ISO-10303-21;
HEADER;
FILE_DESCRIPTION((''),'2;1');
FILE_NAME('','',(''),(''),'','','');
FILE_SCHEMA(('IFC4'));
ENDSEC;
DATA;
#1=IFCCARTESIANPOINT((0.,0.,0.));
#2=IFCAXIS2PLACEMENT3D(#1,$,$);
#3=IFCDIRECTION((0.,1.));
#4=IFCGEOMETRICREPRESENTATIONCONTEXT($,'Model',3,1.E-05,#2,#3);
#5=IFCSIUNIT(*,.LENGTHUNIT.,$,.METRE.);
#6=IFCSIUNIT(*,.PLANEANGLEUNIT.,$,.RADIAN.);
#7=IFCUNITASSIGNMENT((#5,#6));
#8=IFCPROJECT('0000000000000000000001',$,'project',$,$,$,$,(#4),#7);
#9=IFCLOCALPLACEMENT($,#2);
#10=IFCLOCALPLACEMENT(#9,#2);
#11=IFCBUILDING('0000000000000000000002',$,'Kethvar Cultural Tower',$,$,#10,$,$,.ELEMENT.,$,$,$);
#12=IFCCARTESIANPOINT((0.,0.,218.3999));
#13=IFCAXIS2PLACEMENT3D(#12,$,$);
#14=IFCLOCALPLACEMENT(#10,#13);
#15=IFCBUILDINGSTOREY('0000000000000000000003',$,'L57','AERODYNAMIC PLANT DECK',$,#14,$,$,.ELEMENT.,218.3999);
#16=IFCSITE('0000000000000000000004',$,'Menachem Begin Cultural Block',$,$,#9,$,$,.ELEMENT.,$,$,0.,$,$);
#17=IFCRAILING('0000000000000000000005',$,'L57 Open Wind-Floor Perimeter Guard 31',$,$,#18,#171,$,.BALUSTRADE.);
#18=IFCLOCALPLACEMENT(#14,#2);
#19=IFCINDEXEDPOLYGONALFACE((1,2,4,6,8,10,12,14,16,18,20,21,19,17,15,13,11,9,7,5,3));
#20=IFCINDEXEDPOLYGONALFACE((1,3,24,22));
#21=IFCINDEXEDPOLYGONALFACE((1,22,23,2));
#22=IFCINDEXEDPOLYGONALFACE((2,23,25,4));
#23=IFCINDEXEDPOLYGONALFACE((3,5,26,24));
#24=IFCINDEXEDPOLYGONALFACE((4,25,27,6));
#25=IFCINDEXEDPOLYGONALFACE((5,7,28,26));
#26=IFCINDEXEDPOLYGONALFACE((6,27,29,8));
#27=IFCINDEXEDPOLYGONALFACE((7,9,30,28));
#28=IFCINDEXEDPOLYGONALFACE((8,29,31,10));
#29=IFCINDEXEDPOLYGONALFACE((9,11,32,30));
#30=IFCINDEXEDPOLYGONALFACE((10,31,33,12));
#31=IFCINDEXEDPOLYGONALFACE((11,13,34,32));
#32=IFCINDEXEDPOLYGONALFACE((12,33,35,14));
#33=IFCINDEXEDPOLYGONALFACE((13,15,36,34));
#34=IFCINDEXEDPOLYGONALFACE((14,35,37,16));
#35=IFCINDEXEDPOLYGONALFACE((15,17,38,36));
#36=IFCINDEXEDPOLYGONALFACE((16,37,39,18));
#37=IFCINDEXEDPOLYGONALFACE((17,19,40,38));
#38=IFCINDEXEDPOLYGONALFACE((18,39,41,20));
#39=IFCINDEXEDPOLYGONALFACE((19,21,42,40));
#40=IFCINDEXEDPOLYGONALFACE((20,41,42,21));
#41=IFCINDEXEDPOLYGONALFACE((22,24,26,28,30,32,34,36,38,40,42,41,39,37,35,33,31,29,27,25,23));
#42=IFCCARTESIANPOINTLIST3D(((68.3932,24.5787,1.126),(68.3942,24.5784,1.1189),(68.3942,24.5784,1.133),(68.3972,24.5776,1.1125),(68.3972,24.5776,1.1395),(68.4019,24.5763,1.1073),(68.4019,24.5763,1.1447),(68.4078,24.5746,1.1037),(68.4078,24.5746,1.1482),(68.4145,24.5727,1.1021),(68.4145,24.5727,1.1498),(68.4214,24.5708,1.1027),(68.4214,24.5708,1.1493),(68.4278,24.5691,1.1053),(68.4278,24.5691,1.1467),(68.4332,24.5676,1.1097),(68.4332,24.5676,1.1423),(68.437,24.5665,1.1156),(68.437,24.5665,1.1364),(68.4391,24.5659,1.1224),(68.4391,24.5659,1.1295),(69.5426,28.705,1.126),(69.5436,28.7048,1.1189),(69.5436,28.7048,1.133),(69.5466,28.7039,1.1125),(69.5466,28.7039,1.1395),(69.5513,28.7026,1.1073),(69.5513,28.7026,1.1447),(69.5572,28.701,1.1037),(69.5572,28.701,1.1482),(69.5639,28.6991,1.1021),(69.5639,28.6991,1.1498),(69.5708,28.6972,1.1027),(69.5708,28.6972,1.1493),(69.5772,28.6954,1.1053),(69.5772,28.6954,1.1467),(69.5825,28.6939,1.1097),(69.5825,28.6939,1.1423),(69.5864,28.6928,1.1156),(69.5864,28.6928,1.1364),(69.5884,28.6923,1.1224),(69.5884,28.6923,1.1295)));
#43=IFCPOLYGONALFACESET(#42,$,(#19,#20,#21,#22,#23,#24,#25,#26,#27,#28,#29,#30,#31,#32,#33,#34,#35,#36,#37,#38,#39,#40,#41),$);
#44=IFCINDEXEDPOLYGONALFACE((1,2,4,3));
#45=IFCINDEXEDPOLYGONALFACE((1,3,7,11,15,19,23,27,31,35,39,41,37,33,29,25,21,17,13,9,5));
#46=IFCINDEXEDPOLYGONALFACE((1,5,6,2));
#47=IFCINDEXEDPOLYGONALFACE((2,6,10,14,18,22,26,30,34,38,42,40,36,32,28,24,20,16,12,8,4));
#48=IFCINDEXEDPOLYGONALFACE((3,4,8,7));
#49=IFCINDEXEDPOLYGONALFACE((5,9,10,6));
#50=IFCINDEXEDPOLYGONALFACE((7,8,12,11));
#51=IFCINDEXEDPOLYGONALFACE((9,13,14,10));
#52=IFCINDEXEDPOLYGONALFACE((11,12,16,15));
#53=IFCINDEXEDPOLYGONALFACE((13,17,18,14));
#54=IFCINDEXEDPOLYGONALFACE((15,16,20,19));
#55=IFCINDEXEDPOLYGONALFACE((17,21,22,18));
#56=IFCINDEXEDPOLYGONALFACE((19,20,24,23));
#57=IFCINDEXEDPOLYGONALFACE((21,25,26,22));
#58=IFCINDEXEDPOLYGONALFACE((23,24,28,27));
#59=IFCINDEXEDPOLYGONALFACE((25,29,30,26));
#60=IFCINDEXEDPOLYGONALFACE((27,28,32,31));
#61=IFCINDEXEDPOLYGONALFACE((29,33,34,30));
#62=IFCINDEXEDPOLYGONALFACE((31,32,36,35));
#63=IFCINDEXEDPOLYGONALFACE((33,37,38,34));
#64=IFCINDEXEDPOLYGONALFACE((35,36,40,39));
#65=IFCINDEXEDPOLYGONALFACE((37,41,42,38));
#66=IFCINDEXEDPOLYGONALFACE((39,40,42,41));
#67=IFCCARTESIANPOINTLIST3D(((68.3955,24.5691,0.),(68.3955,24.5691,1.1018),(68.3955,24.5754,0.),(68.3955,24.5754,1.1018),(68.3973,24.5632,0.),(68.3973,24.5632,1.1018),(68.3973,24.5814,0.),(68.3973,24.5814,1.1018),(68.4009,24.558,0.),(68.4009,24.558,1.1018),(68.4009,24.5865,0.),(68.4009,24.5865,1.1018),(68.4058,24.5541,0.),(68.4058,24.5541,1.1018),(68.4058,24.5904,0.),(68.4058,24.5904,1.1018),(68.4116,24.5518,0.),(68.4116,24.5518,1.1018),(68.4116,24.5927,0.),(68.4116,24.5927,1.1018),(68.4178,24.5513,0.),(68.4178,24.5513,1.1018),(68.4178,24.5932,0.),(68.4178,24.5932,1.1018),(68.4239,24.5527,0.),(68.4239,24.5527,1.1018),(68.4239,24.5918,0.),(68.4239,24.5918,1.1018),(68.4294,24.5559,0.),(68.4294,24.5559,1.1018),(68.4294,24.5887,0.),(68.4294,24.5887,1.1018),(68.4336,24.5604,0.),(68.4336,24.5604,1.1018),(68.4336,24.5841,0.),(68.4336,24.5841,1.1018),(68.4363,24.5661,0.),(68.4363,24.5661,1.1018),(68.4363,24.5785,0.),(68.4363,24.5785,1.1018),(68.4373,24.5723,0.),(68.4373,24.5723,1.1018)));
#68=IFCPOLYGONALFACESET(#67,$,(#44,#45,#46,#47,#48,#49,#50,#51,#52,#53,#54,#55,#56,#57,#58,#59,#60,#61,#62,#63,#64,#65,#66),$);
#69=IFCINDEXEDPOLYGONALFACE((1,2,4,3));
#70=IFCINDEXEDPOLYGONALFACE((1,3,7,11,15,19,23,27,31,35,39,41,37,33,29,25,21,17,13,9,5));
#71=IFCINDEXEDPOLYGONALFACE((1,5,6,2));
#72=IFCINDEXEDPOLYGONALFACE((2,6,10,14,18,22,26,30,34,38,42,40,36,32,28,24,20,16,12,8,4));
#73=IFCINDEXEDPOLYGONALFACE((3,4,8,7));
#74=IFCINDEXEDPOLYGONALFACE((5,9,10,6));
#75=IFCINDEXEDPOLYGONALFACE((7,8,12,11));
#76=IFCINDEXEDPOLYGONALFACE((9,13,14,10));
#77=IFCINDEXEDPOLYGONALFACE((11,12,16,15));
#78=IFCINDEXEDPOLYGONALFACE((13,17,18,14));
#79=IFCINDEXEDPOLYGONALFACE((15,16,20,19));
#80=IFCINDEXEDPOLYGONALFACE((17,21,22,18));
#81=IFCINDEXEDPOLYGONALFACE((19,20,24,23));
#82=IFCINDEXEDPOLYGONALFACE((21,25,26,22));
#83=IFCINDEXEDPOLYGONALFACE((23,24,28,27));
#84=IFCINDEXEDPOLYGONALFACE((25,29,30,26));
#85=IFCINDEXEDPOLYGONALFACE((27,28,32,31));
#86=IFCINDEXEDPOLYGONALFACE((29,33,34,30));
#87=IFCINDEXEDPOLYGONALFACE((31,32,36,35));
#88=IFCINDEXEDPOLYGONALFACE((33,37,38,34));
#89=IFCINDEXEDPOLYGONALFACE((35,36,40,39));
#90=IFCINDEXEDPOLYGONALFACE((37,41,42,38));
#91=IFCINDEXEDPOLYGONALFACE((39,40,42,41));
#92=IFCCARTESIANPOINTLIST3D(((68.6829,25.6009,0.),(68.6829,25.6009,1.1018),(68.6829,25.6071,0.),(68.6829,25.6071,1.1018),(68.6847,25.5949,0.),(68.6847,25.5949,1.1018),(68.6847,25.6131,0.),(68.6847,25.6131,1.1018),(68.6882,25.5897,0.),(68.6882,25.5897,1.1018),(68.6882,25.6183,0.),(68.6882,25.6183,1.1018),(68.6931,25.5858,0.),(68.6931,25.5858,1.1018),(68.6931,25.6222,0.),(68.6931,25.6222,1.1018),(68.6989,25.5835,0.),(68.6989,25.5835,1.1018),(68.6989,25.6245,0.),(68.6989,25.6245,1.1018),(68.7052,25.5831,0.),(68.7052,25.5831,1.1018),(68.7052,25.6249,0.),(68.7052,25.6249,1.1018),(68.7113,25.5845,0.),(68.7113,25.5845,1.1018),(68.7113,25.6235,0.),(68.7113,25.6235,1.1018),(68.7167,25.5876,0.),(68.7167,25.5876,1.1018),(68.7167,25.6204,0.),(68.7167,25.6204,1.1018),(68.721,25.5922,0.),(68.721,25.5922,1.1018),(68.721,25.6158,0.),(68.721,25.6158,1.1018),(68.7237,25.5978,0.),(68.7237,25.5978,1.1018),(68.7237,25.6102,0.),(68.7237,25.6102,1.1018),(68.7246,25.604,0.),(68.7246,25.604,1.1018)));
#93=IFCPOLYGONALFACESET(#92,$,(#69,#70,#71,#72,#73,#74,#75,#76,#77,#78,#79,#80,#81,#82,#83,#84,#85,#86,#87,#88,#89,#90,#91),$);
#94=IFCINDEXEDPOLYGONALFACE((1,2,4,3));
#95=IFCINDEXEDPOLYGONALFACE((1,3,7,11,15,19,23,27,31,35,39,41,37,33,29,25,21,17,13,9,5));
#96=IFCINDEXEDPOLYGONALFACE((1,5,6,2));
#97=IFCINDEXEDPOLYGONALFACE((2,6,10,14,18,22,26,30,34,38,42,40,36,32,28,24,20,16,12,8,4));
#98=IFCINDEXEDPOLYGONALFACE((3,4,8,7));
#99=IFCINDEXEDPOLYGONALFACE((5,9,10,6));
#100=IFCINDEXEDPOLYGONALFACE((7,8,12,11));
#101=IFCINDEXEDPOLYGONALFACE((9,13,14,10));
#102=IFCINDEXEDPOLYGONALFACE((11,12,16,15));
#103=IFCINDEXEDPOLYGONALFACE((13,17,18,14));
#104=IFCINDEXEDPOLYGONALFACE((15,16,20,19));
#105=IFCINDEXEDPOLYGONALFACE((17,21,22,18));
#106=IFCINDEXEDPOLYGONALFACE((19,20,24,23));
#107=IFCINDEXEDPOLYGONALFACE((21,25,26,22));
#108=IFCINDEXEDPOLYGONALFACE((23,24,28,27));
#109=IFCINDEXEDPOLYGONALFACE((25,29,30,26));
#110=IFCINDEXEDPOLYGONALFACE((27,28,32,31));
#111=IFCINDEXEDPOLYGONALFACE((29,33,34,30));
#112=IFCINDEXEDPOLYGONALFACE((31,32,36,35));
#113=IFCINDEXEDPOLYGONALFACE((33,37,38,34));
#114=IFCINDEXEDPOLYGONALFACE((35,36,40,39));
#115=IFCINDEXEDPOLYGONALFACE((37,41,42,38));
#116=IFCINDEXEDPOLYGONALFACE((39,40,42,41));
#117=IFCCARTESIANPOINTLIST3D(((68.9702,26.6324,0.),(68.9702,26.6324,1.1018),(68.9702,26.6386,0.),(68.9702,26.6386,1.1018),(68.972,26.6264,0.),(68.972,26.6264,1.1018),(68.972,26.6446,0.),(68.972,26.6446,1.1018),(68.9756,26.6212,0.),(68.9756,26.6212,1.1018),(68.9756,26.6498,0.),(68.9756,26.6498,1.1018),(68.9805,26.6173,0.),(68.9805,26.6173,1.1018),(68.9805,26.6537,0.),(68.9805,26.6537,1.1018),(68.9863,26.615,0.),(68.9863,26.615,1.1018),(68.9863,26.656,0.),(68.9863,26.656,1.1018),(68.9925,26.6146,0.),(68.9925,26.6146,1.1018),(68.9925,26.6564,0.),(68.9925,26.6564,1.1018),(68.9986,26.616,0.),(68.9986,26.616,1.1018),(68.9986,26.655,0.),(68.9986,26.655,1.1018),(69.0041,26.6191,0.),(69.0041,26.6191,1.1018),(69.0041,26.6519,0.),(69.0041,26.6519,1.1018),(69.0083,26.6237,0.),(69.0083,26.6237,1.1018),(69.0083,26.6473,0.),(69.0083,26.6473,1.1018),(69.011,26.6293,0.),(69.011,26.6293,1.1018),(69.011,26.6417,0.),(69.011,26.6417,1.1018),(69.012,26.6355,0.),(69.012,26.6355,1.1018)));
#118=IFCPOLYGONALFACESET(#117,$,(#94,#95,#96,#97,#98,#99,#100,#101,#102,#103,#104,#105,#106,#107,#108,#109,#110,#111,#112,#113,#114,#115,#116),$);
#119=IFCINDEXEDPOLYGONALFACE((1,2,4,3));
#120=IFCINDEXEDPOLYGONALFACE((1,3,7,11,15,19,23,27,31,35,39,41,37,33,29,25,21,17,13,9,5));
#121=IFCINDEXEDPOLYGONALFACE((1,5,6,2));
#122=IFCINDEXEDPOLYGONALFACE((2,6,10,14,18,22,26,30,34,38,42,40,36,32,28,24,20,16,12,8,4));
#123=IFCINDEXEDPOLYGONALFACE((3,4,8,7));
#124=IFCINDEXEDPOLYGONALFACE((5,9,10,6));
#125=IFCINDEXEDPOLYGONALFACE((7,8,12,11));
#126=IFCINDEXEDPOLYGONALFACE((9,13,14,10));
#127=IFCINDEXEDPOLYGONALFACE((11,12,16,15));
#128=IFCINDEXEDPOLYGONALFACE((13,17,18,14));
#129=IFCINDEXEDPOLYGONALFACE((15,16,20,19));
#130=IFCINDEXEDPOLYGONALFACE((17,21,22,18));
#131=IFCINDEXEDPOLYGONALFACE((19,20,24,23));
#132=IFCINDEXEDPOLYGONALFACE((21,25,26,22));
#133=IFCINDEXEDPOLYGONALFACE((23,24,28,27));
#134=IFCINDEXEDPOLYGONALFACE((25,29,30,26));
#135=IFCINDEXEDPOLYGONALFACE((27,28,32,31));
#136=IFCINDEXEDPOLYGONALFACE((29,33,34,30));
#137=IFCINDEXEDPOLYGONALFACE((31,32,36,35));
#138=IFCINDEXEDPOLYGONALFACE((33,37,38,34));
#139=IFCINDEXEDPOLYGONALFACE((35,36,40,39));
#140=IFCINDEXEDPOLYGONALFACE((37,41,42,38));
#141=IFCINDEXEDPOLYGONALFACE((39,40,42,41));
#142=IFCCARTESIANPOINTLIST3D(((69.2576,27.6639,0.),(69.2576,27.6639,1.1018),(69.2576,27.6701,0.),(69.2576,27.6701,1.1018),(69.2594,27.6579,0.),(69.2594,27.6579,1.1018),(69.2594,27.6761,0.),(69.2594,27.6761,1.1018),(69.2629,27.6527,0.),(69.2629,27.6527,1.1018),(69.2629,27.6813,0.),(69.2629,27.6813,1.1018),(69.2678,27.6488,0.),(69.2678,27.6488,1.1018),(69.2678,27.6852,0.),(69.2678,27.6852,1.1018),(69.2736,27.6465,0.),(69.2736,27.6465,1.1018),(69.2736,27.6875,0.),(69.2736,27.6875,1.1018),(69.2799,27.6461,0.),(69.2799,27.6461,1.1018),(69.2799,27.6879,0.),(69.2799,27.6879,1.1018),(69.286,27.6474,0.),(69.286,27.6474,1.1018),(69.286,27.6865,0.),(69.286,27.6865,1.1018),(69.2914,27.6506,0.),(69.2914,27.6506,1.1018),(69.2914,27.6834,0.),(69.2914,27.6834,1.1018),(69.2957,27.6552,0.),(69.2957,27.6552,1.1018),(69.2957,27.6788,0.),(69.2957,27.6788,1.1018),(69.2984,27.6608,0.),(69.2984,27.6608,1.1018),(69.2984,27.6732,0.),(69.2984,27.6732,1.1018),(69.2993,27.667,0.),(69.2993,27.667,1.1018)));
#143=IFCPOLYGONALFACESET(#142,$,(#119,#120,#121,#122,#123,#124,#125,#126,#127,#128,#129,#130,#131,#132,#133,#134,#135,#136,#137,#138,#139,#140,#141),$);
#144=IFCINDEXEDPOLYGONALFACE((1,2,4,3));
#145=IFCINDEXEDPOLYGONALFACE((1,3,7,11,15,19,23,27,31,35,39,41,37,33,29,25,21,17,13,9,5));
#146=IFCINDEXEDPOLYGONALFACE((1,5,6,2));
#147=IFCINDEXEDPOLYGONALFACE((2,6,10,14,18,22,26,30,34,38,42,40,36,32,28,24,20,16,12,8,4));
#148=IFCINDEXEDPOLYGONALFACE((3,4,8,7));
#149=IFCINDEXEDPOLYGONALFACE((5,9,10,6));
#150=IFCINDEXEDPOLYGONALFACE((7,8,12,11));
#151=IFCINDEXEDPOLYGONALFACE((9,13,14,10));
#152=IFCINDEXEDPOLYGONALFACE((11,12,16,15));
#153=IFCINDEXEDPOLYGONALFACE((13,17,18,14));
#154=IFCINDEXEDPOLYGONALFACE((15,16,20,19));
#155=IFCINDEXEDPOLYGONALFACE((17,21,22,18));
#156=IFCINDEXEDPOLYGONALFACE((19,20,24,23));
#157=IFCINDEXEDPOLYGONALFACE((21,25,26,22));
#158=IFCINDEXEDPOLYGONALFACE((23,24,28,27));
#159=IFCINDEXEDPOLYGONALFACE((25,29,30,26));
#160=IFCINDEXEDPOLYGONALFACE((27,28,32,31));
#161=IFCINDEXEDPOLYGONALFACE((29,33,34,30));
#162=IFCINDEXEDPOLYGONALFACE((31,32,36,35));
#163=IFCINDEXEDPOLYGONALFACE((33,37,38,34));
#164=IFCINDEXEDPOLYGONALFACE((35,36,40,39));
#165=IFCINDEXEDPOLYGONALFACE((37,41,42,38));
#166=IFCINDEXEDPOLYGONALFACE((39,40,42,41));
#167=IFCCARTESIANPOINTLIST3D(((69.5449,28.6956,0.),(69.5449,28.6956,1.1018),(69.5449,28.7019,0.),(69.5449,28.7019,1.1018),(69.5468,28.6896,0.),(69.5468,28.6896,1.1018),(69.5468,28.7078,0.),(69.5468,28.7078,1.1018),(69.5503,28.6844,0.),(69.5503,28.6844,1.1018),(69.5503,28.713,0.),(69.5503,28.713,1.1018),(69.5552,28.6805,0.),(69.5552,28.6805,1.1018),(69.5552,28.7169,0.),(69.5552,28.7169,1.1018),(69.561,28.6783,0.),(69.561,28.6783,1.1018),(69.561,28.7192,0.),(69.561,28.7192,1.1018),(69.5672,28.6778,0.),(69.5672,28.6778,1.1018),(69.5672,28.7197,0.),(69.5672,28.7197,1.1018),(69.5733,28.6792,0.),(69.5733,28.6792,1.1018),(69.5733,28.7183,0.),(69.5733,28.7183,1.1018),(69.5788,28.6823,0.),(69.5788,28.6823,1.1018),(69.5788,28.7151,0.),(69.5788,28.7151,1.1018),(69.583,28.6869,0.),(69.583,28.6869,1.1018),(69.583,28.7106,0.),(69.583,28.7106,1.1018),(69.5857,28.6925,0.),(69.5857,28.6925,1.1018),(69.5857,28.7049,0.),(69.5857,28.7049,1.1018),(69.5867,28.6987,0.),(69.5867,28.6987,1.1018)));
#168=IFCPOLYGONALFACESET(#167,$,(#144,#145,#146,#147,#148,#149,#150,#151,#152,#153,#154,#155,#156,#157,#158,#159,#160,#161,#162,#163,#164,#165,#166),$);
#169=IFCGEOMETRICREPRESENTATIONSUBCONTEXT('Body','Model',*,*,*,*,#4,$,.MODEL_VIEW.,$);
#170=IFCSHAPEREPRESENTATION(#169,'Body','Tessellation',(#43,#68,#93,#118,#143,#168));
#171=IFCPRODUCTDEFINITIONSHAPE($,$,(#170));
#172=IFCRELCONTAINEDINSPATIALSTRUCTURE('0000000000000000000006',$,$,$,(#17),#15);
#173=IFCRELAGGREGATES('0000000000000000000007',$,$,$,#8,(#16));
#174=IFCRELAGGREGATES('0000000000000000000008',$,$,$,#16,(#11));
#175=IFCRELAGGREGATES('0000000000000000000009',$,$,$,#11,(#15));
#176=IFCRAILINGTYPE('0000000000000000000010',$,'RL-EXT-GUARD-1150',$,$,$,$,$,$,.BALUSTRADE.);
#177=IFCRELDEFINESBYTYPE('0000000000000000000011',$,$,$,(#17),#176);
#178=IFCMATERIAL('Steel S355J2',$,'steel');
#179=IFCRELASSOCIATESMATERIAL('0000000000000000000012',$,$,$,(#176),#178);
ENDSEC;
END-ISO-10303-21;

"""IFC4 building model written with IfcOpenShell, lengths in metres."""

from ifc_helpers import new_model, si_unit, direction, frame, origin, origin_2d, place, context, subcontext, project, spatial, circle, extrude, material, type_object, element, save


model = new_model("IFC4")

# Units and contexts
model_context = context("Model", 3, precision=1e-05, world=origin(), true_north=direction((0.0, 1.0)))
body_context = subcontext(model_context, "Body", "Model", "MODEL_VIEW")
ifc_project = project(units=[si_unit("LENGTHUNIT", "METRE"), si_unit("PLANEANGLEUNIT", "RADIAN")], contexts=[model_context])

# Site, building, storey
site_placement = place(None, origin())
site = spatial("IfcSite", under=ifc_project, at=site_placement, Name="Menachem Begin Cultural Block", CompositionType="ELEMENT", RefElevation=0.0)
building_placement = place(site_placement, origin())
building = spatial("IfcBuilding", under=site, at=building_placement, Name="Kethvar Cultural Tower", CompositionType="ELEMENT")
storey_placement = place(building_placement, frame((0.0, 0.0, 218.3999)))
storey = spatial("IfcBuildingStorey", under=building, at=storey_placement, Name="L57", Description="AERODYNAMIC PLANT DECK", CompositionType="ELEMENT", Elevation=218.3999)

# Shared definitions
ifc_material_1 = material(Name="Steel S355J2", Category="steel")

# Railing
railing_type_1 = type_object("IfcRailingType", Name="RL-EXT-GUARD-1150", PredefinedType="BALUSTRADE", material=ifc_material_1)
railing_1_placement = place(storey_placement, frame((68.4163, 24.5723, 0.0)))
element("IfcRailing", 1, at=railing_1_placement, inside=storey, type_object=railing_type_1, Name="L57 Open Wind-Floor Perimeter Guard 31", PredefinedType="BALUSTRADE", context=body_context, shape_type="SweptSolid", body=[
    extrude(circle(Radius=0.0239, at=origin_2d()), frame((0.0, 0.0, 1.126), z_axis=(0.268332, 0.963327, 0.0), x_axis=(-0.963327, 0.268332, 0.0)), (0.0, 0.0, 1.0), 4.2834),
    extrude(circle(Radius=0.021, at=origin_2d()), origin(), (0.0, 0.0, 1.0), 1.1018),
    extrude(circle(Radius=0.021, at=origin_2d()), frame((0.2874, 1.0317, 0.0)), (0.0, 0.0, 1.0), 1.1018),
    extrude(circle(Radius=0.021, at=origin_2d()), frame((0.5747, 2.0632, 0.0)), (0.0, 0.0, 1.0), 1.1018),
    extrude(circle(Radius=0.021, at=origin_2d()), frame((0.8621, 3.0947, 0.0)), (0.0, 0.0, 1.0), 1.1018),
    extrude(circle(Radius=0.021, at=origin_2d()), frame((1.1494, 4.1265, 0.0)), (0.0, 0.0, 1.0), 1.1018),
])

save(model, "model.ifc")
